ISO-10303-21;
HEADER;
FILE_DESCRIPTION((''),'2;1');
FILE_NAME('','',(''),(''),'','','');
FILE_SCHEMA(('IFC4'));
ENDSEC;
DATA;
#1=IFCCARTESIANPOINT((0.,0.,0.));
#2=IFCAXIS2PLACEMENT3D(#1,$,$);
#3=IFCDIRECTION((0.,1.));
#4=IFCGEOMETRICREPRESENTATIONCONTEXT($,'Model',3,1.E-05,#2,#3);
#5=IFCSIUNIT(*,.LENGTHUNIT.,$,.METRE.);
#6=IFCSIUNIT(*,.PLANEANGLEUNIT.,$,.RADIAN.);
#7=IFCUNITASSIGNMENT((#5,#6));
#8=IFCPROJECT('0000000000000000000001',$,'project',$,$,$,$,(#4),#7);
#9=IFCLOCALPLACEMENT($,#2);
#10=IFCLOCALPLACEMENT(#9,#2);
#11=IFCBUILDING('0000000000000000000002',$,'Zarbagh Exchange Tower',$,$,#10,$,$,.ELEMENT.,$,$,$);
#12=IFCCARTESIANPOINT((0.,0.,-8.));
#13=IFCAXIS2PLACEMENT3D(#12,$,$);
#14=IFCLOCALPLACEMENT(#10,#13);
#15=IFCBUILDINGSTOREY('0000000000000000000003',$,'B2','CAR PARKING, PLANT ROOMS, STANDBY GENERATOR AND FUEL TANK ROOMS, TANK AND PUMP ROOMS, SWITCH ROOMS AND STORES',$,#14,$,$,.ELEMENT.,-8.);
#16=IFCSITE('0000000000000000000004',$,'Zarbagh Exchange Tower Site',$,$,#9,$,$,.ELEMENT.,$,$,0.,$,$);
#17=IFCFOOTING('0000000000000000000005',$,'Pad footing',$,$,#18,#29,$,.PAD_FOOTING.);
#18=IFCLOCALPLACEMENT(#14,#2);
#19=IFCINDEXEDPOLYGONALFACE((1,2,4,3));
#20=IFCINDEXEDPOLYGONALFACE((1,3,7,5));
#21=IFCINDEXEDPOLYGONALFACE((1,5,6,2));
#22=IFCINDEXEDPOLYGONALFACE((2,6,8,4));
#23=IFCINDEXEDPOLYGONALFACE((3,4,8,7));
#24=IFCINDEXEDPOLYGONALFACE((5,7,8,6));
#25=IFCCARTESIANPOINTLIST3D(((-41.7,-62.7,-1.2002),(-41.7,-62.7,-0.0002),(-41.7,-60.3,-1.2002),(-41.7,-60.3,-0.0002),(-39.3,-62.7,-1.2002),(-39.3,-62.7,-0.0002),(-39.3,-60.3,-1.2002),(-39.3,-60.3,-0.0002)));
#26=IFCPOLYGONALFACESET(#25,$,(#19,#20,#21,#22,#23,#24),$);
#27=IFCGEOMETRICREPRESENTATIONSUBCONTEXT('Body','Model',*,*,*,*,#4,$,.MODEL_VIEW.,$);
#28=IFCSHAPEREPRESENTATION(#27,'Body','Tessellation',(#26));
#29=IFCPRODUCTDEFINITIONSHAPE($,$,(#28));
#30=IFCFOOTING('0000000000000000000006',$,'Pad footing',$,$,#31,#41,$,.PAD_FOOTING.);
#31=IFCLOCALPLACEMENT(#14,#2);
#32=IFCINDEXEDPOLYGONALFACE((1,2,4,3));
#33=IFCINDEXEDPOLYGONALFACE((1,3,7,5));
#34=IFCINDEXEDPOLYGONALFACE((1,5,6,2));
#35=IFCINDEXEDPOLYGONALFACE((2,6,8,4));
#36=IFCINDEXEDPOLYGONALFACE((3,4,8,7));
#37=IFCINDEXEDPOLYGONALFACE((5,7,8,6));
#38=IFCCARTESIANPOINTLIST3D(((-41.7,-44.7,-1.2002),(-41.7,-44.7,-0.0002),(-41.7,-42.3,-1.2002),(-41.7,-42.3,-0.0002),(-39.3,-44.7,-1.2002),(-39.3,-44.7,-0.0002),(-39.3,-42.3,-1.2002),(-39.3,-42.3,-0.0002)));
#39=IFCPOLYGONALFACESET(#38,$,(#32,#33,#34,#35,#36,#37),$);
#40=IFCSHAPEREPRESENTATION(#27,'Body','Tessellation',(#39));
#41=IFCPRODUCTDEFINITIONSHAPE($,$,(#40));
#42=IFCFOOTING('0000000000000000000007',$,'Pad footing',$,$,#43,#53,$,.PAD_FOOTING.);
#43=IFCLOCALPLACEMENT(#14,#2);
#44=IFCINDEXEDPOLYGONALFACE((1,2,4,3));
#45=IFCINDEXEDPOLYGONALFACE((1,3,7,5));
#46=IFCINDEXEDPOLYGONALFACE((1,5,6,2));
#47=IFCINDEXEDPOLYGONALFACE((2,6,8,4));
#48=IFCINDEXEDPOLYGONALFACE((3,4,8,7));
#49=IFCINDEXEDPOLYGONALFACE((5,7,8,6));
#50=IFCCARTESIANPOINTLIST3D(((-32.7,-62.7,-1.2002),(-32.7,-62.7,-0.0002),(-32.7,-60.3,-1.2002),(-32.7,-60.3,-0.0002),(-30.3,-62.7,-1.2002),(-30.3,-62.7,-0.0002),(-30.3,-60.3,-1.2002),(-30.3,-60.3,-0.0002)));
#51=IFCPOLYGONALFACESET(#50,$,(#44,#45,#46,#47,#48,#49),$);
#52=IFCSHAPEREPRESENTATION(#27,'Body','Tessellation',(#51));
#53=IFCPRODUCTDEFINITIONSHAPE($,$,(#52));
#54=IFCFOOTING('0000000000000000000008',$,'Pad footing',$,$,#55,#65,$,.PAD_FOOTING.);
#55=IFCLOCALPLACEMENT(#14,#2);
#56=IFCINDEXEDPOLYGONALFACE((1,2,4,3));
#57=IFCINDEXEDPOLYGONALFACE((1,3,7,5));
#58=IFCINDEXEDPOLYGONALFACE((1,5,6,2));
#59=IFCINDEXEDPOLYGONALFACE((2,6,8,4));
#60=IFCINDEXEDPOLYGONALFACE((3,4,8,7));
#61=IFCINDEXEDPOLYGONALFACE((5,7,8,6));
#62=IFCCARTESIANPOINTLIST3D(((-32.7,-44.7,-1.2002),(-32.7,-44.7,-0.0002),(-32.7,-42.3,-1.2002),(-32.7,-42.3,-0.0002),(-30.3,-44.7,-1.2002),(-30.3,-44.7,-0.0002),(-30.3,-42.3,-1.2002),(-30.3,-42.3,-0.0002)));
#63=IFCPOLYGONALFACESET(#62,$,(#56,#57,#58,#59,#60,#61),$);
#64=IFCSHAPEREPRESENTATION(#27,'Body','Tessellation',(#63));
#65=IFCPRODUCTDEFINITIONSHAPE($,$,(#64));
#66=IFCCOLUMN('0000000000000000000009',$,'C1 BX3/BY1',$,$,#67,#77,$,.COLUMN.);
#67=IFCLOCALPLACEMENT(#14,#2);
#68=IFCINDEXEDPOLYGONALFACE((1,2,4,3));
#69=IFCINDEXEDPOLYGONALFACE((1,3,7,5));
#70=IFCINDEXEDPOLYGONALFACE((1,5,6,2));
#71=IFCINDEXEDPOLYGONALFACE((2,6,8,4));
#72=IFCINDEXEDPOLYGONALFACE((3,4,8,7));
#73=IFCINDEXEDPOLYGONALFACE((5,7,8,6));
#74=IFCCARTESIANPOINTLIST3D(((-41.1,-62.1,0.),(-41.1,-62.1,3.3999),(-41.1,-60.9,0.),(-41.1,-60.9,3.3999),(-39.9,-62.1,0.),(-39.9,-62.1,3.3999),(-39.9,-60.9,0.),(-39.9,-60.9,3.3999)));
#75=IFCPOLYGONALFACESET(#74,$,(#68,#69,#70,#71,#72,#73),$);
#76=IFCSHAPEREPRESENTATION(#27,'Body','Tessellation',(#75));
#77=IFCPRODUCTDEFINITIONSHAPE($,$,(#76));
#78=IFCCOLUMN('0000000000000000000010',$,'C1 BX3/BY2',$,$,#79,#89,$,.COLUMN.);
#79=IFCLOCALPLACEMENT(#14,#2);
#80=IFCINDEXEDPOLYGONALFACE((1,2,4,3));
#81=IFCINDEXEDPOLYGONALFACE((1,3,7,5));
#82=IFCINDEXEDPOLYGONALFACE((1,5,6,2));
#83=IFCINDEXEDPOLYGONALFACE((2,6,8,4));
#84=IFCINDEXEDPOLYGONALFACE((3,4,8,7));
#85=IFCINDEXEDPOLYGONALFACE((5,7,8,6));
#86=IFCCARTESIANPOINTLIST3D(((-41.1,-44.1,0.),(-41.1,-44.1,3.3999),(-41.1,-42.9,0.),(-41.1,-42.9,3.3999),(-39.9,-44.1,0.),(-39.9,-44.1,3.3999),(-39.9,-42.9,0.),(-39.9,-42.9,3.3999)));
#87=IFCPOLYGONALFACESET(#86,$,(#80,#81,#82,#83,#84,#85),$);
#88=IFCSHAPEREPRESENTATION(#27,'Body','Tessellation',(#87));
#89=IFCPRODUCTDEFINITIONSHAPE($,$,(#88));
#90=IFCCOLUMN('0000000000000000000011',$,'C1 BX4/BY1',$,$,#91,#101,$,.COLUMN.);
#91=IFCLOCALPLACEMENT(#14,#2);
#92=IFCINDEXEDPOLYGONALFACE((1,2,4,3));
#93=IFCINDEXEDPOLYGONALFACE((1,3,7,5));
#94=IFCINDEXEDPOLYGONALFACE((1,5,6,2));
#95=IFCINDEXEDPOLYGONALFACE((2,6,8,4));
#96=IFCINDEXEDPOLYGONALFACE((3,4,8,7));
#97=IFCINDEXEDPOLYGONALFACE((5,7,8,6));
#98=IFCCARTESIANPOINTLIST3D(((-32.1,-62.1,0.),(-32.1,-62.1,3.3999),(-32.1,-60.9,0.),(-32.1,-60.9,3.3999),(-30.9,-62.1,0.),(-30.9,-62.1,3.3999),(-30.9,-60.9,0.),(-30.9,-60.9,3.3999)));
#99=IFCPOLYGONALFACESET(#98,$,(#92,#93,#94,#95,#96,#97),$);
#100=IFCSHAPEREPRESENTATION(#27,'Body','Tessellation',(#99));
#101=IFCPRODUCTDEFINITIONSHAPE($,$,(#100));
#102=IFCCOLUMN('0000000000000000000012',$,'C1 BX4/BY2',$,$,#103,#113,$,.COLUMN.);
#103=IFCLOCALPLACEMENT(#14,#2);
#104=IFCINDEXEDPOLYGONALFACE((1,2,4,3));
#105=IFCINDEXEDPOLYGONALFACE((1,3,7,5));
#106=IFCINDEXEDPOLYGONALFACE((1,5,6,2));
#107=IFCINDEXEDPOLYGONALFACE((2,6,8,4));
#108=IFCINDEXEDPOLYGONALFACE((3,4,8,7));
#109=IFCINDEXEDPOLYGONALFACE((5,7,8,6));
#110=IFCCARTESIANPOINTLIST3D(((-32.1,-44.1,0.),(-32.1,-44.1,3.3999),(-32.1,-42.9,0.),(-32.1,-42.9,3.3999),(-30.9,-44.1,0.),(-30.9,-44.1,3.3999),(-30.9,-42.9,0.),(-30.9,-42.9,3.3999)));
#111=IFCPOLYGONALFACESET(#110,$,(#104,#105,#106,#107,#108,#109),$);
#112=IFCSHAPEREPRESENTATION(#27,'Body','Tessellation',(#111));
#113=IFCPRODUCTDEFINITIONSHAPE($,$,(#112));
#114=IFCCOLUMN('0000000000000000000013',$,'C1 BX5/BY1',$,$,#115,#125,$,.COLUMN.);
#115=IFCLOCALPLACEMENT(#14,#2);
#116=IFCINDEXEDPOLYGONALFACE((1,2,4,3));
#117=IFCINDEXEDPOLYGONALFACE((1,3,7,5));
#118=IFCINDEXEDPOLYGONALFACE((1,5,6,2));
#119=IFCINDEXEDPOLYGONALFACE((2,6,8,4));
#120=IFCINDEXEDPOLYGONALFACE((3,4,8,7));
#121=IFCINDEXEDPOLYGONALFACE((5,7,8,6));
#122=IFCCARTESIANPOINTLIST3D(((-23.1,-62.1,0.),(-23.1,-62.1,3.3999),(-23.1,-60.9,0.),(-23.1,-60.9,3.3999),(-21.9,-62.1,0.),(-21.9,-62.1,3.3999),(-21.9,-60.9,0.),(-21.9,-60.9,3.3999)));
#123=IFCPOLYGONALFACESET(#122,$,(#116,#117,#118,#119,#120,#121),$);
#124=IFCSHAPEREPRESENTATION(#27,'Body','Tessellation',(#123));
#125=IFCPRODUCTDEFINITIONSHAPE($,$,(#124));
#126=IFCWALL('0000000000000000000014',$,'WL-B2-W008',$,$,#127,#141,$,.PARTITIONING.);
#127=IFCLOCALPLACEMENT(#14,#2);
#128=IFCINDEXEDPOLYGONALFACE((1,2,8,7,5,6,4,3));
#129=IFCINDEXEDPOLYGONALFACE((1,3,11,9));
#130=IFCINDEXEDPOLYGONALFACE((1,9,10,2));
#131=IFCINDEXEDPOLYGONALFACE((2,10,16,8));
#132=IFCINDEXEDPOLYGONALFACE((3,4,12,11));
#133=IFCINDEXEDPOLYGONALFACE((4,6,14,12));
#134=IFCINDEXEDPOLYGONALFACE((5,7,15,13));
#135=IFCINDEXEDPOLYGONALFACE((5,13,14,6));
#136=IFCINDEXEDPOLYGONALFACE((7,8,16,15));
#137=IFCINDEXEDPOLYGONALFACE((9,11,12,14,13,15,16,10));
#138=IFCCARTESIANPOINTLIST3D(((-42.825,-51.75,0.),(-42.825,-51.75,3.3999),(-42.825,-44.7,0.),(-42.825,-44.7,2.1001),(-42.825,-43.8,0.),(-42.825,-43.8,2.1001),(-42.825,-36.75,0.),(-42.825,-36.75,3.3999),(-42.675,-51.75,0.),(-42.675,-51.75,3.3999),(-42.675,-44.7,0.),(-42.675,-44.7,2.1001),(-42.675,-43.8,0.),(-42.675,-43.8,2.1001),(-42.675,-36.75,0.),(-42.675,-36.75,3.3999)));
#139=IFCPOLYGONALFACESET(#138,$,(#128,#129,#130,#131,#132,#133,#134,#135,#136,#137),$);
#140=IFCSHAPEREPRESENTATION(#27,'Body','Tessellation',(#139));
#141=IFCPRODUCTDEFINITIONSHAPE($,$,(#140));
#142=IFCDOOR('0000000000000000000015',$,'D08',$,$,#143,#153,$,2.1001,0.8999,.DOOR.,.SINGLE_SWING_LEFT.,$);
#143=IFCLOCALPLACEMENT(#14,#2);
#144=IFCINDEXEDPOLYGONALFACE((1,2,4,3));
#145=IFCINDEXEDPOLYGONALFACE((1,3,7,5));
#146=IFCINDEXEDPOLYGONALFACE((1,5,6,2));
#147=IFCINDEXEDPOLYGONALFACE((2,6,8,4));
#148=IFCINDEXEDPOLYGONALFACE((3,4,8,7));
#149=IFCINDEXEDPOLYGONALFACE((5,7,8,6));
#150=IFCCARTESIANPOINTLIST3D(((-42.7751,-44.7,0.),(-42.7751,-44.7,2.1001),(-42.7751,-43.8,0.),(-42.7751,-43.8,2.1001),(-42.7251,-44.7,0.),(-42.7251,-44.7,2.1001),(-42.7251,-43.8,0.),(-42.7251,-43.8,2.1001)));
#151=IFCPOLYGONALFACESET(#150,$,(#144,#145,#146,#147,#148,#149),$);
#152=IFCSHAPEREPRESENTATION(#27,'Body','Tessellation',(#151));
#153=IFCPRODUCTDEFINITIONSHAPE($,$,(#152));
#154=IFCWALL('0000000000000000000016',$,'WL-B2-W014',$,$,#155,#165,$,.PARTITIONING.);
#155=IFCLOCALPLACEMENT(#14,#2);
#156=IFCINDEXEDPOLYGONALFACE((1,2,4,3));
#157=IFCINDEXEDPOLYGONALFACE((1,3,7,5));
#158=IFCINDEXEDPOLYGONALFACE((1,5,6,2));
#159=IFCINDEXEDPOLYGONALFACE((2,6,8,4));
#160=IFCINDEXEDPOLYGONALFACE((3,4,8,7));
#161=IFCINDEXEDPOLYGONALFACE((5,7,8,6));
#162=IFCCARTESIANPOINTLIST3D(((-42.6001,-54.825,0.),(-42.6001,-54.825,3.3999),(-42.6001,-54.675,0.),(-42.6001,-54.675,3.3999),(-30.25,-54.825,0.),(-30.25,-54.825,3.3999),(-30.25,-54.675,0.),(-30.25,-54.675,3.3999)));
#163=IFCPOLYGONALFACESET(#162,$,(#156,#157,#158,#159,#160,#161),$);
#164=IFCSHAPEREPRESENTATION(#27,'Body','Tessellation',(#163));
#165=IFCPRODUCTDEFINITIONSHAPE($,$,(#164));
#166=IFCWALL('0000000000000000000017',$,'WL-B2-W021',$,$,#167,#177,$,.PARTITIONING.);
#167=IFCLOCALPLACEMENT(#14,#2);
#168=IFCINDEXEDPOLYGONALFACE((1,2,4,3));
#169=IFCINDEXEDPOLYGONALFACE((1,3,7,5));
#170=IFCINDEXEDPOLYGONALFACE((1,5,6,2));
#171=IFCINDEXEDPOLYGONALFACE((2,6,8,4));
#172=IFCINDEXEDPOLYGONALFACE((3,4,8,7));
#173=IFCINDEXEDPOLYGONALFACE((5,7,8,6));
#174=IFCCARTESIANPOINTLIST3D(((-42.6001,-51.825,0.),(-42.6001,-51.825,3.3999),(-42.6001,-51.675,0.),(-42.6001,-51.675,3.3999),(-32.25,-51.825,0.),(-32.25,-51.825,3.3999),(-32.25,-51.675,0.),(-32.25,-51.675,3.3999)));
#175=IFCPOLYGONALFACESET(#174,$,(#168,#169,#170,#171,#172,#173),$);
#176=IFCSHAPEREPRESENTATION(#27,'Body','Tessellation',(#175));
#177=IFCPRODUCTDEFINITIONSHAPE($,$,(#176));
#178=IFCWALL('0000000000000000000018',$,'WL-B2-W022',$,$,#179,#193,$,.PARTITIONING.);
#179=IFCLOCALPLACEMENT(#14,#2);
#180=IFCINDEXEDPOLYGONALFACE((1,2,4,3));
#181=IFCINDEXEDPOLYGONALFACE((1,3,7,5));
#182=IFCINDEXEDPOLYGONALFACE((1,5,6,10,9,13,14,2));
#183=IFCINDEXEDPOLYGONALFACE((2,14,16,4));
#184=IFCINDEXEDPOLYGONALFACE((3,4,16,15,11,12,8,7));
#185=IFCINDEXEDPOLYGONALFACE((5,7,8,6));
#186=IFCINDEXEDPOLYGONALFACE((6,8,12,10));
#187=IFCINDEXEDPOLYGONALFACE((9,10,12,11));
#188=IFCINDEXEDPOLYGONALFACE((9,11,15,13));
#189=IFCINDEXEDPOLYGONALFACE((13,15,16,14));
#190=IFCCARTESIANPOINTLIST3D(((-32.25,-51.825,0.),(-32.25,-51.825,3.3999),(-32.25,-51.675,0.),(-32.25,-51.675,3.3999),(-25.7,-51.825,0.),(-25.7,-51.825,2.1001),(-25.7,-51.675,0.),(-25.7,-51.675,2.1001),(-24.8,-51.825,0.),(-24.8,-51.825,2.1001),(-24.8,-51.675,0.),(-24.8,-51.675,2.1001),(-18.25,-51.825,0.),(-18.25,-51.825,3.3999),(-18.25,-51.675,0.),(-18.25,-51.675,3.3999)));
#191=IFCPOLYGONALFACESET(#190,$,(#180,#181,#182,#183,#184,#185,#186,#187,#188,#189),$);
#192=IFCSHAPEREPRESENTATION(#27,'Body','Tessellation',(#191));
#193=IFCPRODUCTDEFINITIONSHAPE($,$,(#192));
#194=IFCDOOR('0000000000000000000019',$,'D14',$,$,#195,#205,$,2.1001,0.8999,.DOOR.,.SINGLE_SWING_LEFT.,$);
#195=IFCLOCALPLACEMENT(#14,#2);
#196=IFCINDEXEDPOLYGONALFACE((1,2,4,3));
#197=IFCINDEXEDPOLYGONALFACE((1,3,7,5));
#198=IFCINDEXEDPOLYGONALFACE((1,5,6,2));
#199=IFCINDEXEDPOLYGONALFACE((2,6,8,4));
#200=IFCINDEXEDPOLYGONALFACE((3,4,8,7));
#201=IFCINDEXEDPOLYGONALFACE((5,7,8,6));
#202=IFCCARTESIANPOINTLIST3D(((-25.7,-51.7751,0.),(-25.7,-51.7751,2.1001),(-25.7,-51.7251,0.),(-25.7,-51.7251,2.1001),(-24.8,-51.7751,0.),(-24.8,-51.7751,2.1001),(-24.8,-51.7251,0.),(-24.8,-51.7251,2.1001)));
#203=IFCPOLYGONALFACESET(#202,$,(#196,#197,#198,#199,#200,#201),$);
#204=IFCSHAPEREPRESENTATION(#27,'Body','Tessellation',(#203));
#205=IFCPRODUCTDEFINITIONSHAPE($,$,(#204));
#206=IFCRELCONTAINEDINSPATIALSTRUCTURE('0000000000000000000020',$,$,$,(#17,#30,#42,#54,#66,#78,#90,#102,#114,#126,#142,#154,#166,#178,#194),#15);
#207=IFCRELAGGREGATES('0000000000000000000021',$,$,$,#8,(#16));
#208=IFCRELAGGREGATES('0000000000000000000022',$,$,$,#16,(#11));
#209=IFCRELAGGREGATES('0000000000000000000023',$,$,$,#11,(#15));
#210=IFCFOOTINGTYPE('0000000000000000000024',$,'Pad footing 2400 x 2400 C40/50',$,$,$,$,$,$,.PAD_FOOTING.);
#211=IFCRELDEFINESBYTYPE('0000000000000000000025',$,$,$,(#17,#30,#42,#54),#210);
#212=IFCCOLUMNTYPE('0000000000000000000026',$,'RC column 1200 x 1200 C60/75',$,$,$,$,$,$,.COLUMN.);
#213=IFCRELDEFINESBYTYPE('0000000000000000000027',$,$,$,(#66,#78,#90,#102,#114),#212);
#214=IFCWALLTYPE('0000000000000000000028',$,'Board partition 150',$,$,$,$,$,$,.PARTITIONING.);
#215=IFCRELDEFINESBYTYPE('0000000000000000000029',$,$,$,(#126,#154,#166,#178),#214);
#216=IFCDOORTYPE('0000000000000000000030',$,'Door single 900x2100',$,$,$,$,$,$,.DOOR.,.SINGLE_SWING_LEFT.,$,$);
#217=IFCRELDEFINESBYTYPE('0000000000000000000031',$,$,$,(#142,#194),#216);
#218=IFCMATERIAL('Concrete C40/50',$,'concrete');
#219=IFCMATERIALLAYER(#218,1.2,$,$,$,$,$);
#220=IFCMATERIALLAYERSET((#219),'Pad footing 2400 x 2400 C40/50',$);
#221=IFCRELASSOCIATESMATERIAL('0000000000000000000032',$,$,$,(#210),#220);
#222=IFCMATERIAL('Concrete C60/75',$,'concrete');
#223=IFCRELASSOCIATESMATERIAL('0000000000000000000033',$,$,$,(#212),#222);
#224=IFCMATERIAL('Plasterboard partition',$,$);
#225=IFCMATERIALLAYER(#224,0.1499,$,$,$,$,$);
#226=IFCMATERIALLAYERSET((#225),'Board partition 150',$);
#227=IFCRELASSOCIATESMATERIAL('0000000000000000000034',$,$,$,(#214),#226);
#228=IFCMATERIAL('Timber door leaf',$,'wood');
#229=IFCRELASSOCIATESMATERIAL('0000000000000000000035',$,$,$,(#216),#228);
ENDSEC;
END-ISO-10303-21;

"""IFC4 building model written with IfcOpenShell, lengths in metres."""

from ifc_helpers import new_model, si_unit, direction, frame, frame_2d, origin, origin_2d, place, context, subcontext, project, spatial, rectangle, extrude, material, layer, layer_set, material_profile, profile_set, type_object, element, fill, save


model = new_model("IFC4")

# Units and contexts
model_context = context("Model", 3, precision=1e-05, world=origin(), true_north=direction((0.0, 1.0)))
body_context = subcontext(model_context, "Body", "Model", "MODEL_VIEW")
ifc_project = project(units=[si_unit("LENGTHUNIT", "METRE"), si_unit("PLANEANGLEUNIT", "RADIAN")], contexts=[model_context])

# Site, building, storey
site_placement = place(None, origin())
site = spatial("IfcSite", under=ifc_project, at=site_placement, Name="Zarbagh Exchange Tower Site", CompositionType="ELEMENT", RefElevation=0.0)
building_placement = place(site_placement, origin())
building = spatial("IfcBuilding", under=site, at=building_placement, Name="Zarbagh Exchange Tower", CompositionType="ELEMENT")
storey_placement = place(building_placement, frame((0.0, 0.0, -8.0)))
storey = spatial("IfcBuildingStorey", under=building, at=storey_placement, Name="B2", Description="CAR PARKING, PLANT ROOMS, STANDBY GENERATOR AND FUEL TANK ROOMS, TANK AND PUMP ROOMS, SWITCH ROOMS AND STORES", CompositionType="ELEMENT", Elevation=-8.0)

# Shared definitions
ifc_material_1 = material(Name="Concrete C40/50", Category="concrete")

# Footings
ifc_layer_1 = layer(ifc_material_1, 1.2)
ifc_layer_set_1 = layer_set([ifc_layer_1], Name="Pad footing 2400 x 2400 C40/50")
footing_type = type_object("IfcFootingType", Name="Pad footing 2400 x 2400 C40/50", PredefinedType="PAD_FOOTING", material=ifc_layer_set_1)
for number, where, z_axis, x_axis, name in (
    (1, (-40.5, -61.5, -1.2002), (0.0, 0.0, 1.0), (1.0, 0.0, 0.0), "Pad footing"),
    (2, (-40.5, -43.5, -1.2002), (0.0, 0.0, 1.0), (1.0, 0.0, 0.0), "Pad footing"),
    (3, (-31.5, -61.5, -1.2002), (0.0, 0.0, 1.0), (1.0, 0.0, 0.0), "Pad footing"),
    (4, (-31.5, -43.5, -1.2002), (0.0, 0.0, 1.0), (1.0, 0.0, 0.0), "Pad footing"),
):
    element("IfcFooting", number, at=place(storey_placement, frame(where, z_axis=z_axis, x_axis=x_axis)), inside=storey, type_object=footing_type, Name=name, PredefinedType="PAD_FOOTING", context=body_context, shape_type="SweptSolid", body=[
        extrude(rectangle(XDim=2.3999, YDim=2.3999, at=origin_2d()), origin(), (0.0, 0.0, 1.0), 1.2),
    ])

# Columns
ifc_material_2 = material(Name="Concrete C60/75", Category="concrete")
ifc_material_profile_1 = material_profile(ifc_material_2, rectangle(XDim=1.2, YDim=1.2, at=origin_2d()), Name="RC column 1200 x 1200 C60/75")
ifc_profile_set_1 = profile_set([ifc_material_profile_1], Name="Concrete C60/75")
column_type = type_object("IfcColumnType", Name="RC column 1200 x 1200 C60/75", PredefinedType="COLUMN", material=ifc_profile_set_1)
for number, where, z_axis, x_axis, name in (
    (5, (-40.5, -61.5, 0.0), (0.0, 0.0, 1.0), (1.0, 0.0, 0.0), "C1 BX3/BY1"),
    (6, (-40.5, -43.5, 0.0), (0.0, 0.0, 1.0), (1.0, 0.0, 0.0), "C1 BX3/BY2"),
    (7, (-31.5, -61.5, 0.0), (0.0, 0.0, 1.0), (1.0, 0.0, 0.0), "C1 BX4/BY1"),
    (8, (-31.5, -43.5, 0.0), (0.0, 0.0, 1.0), (1.0, 0.0, 0.0), "C1 BX4/BY2"),
    (9, (-22.5, -61.5, 0.0), (0.0, 0.0, 1.0), (1.0, 0.0, 0.0), "C1 BX5/BY1"),
):
    element("IfcColumn", number, at=place(storey_placement, frame(where, z_axis=z_axis, x_axis=x_axis)), inside=storey, type_object=column_type, Name=name, PredefinedType="COLUMN", context=body_context, shape_type="SweptSolid", body=[
        extrude(rectangle(XDim=1.2, YDim=1.2, at=origin_2d()), origin(), (0.0, 0.0, 1.0), 3.3999),
    ])

# Wall, opening, door
ifc_material_3 = material(Name="Plasterboard partition")
ifc_layer_2 = layer(ifc_material_3, 0.1499)
ifc_layer_set_2 = layer_set([ifc_layer_2], Name="Board partition 150")
wall_type = type_object("IfcWallType", Name="Board partition 150", PredefinedType="PARTITIONING", material=ifc_layer_set_2)
wall_1_placement = place(storey_placement, frame((-42.75, -36.75, 0.0), z_axis=(0.0, 0.0, 1.0), x_axis=(0.0, -1.0, 0.0)))
wall_1 = element("IfcWall", 10, at=wall_1_placement, inside=storey, type_object=wall_type, Name="WL-B2-W008", PredefinedType="PARTITIONING", context=body_context, shape_type="SweptSolid", body=[
    extrude(rectangle(XDim=15.0, YDim=0.1499, at=frame_2d((7.5, 0.0))), origin(), (0.0, 0.0, 1.0), 3.3999),
])
opening_1_placement = place(wall_1_placement, frame((7.05, 0.0, 0.0)))
opening_1 = element("IfcOpeningElement", 11, at=opening_1_placement, cuts=wall_1, PredefinedType="OPENING", context=body_context, shape_type="SweptSolid", body=[
    extrude(rectangle(XDim=0.8999, YDim=2.1001, at=frame_2d((0.45, 1.05))), frame((0.0, 0.085, 0.0), z_axis=(0.0, -1.0, 0.0), x_axis=(1.0, 0.0, 0.0)), (0.0, 0.0, 1.0), 0.1699),
])
ifc_material_4 = material(Name="Timber door leaf", Category="wood")
door_type = type_object("IfcDoorType", Name="Door single 900x2100", OperationType="SINGLE_SWING_LEFT", PredefinedType="DOOR", material=ifc_material_4)
door_1_placement = place(opening_1_placement, origin())
door_1 = element("IfcDoor", 12, at=door_1_placement, inside=storey, type_object=door_type, Name="D08", OperationType="SINGLE_SWING_LEFT", OverallHeight=2.1001, OverallWidth=0.8999, PredefinedType="DOOR", context=body_context, shape_type="SweptSolid", body=[
    extrude(rectangle(XDim=0.8999, YDim=2.1001, at=frame_2d((0.45, 1.05))), frame((0.0, 0.0249, 0.0), z_axis=(0.0, -1.0, 0.0), x_axis=(1.0, 0.0, 0.0)), (0.0, 0.0, 1.0), 0.05),
])
fill(opening_1, door_1)

# Walls
wall_2_placement = place(storey_placement, frame((-30.25, -54.75, 0.0), z_axis=(0.0, 0.0, 1.0), x_axis=(-1.0, 0.0, 0.0)))
element("IfcWall", 13, at=wall_2_placement, inside=storey, type_object=wall_type, Name="WL-B2-W014", PredefinedType="PARTITIONING", context=body_context, shape_type="SweptSolid", body=[
    extrude(rectangle(XDim=12.3501, YDim=0.1499, at=frame_2d((6.175, 0.0))), origin(), (0.0, 0.0, 1.0), 3.3999),
])
wall_3_placement = place(storey_placement, frame((-42.6001, -51.75, 0.0), z_axis=(0.0, 0.0, 1.0), x_axis=(1.0, 0.0, 0.0)))
element("IfcWall", 14, at=wall_3_placement, inside=storey, type_object=wall_type, Name="WL-B2-W021", PredefinedType="PARTITIONING", context=body_context, shape_type="SweptSolid", body=[
    extrude(rectangle(XDim=10.3501, YDim=0.1499, at=frame_2d((5.175, 0.0))), origin(), (0.0, 0.0, 1.0), 3.3999),
])

# Wall, opening, door
wall_4_placement = place(storey_placement, frame((-32.25, -51.75, 0.0), z_axis=(0.0, 0.0, 1.0), x_axis=(1.0, 0.0, 0.0)))
wall_4 = element("IfcWall", 15, at=wall_4_placement, inside=storey, type_object=wall_type, Name="WL-B2-W022", PredefinedType="PARTITIONING", context=body_context, shape_type="SweptSolid", body=[
    extrude(rectangle(XDim=14.0, YDim=0.1499, at=frame_2d((7.0, 0.0))), origin(), (0.0, 0.0, 1.0), 3.3999),
])
opening_2_placement = place(wall_4_placement, frame((6.55, 0.0, 0.0)))
opening_2 = element("IfcOpeningElement", 16, at=opening_2_placement, cuts=wall_4, PredefinedType="OPENING", context=body_context, shape_type="SweptSolid", body=[
    extrude(rectangle(XDim=0.8999, YDim=2.1001, at=frame_2d((0.45, 1.05))), frame((0.0, 0.085, 0.0), z_axis=(0.0, -1.0, 0.0), x_axis=(1.0, 0.0, 0.0)), (0.0, 0.0, 1.0), 0.1699),
])
door_2_placement = place(opening_2_placement, origin())
door_2 = element("IfcDoor", 17, at=door_2_placement, inside=storey, type_object=door_type, Name="D14", OperationType="SINGLE_SWING_LEFT", OverallHeight=2.1001, OverallWidth=0.8999, PredefinedType="DOOR", context=body_context, shape_type="SweptSolid", body=[
    extrude(rectangle(XDim=0.8999, YDim=2.1001, at=frame_2d((0.45, 1.05))), frame((0.0, 0.0249, 0.0), z_axis=(0.0, -1.0, 0.0), x_axis=(1.0, 0.0, 0.0)), (0.0, 0.0, 1.0), 0.05),
])
fill(opening_2, door_2)

save(model, "model.ifc")
